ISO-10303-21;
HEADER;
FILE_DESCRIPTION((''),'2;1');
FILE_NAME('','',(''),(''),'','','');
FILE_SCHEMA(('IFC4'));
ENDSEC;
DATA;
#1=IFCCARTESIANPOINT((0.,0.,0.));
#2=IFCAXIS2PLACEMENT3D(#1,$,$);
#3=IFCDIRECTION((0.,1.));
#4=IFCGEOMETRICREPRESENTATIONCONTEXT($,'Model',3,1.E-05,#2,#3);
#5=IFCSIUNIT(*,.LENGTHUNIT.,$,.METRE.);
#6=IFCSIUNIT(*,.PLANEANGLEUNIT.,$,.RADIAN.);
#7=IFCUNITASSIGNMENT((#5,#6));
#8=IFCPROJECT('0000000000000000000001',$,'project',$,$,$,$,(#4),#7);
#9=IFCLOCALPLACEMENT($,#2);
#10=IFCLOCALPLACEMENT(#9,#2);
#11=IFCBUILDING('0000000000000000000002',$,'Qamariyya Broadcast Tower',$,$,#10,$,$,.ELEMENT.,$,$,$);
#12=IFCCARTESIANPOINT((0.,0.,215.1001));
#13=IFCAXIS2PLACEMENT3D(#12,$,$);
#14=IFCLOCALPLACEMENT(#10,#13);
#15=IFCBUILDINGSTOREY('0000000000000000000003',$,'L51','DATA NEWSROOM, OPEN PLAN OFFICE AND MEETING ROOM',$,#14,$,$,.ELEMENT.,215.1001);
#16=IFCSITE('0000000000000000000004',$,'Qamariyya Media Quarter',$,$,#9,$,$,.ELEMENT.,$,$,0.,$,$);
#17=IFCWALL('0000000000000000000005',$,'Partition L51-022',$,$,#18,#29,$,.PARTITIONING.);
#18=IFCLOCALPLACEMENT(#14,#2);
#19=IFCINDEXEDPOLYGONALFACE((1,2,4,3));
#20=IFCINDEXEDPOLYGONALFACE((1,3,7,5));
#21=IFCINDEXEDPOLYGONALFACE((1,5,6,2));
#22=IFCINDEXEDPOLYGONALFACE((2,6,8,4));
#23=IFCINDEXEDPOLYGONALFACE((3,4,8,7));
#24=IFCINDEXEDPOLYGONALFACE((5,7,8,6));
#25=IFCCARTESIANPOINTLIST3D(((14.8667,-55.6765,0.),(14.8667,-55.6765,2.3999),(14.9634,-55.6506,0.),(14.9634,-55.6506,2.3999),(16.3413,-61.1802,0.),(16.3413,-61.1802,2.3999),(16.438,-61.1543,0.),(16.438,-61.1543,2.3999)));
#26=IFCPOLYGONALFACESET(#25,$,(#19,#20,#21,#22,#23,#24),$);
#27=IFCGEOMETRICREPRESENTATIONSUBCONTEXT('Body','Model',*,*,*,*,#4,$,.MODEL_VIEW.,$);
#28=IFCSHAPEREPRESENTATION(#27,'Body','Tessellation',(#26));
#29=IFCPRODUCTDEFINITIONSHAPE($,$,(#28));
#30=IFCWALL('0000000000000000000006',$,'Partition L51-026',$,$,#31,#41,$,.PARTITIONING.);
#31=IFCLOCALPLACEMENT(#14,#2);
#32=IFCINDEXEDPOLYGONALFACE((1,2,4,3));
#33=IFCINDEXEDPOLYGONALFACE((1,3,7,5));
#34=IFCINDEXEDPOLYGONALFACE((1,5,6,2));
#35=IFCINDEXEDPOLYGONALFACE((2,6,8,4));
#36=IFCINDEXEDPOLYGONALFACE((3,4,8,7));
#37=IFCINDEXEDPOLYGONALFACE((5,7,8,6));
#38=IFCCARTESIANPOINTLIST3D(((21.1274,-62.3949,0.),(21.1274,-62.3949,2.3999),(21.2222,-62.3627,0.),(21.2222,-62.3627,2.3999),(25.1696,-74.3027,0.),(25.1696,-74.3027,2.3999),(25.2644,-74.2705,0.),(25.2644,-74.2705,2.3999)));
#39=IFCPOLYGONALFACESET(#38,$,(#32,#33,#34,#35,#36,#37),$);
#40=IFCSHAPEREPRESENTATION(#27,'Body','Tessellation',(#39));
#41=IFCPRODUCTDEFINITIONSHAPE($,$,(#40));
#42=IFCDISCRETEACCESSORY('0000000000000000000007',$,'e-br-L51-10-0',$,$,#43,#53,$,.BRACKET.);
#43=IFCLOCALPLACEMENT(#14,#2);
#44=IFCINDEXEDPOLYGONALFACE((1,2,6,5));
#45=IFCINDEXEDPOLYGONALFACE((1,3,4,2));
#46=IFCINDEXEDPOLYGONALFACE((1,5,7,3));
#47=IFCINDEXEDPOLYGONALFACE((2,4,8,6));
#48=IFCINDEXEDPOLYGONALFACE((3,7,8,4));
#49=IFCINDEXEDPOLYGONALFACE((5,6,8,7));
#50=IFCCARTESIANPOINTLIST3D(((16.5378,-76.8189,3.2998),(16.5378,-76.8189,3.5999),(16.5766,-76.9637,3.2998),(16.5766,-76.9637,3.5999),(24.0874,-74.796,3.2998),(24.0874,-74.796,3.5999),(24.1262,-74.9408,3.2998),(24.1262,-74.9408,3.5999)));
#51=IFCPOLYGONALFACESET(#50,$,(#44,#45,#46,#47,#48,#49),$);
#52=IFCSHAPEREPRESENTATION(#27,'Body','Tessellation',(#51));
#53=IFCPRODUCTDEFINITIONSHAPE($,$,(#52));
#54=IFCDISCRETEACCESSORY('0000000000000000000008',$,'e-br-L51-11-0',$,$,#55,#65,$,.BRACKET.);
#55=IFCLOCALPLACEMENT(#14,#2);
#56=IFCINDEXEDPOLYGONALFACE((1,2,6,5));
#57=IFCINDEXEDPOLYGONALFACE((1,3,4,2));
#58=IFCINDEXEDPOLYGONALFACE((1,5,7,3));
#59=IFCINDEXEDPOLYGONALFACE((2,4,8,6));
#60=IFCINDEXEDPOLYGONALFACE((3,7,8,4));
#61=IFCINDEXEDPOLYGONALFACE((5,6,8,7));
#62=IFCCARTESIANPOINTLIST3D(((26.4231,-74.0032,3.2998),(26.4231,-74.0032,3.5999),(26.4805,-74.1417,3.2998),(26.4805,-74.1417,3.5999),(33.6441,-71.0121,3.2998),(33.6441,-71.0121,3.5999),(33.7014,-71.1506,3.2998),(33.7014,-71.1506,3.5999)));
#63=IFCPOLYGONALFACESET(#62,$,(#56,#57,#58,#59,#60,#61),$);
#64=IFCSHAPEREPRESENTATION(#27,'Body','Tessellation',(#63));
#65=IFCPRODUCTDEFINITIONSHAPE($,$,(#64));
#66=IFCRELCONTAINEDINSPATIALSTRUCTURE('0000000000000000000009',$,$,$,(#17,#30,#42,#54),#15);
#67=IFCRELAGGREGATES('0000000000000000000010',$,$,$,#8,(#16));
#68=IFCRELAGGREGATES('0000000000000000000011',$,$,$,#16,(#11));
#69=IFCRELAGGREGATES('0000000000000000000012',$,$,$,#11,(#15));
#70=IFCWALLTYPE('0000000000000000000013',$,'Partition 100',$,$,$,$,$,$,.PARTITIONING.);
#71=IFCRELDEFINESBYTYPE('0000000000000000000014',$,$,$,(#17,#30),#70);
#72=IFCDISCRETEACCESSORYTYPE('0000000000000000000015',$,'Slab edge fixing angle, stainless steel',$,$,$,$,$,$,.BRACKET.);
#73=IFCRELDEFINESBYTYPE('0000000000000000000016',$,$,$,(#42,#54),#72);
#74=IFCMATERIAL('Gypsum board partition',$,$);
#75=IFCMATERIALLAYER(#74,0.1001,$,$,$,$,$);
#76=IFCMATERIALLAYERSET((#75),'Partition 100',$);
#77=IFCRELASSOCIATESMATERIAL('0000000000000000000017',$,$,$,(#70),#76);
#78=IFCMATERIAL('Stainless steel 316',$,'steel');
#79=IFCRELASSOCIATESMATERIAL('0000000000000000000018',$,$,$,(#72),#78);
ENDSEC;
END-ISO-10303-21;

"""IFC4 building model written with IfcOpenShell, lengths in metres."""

from ifc_helpers import new_model, si_unit, direction, frame, frame_2d, origin, origin_2d, place, context, subcontext, project, spatial, rectangle, extrude, material, layer, layer_set, type_object, element, save


model = new_model("IFC4")

# Units and contexts
model_context = context("Model", 3, precision=1e-05, world=origin(), true_north=direction((0.0, 1.0)))
body_context = subcontext(model_context, "Body", "Model", "MODEL_VIEW")
ifc_project = project(units=[si_unit("LENGTHUNIT", "METRE"), si_unit("PLANEANGLEUNIT", "RADIAN")], contexts=[model_context])

# Site, building, storey
site_placement = place(None, origin())
site = spatial("IfcSite", under=ifc_project, at=site_placement, Name="Qamariyya Media Quarter", CompositionType="ELEMENT", RefElevation=0.0)
building_placement = place(site_placement, origin())
building = spatial("IfcBuilding", under=site, at=building_placement, Name="Qamariyya Broadcast Tower", CompositionType="ELEMENT")
storey_placement = place(building_placement, frame((0.0, 0.0, 215.1001)))
storey = spatial("IfcBuildingStorey", under=building, at=storey_placement, Name="L51", Description="DATA NEWSROOM, OPEN PLAN OFFICE AND MEETING ROOM", CompositionType="ELEMENT", Elevation=215.1001)

# Shared definitions
ifc_material_1 = material(Name="Gypsum board partition")

# Walls
ifc_layer_1 = layer(ifc_material_1, 0.1001)
ifc_layer_set_1 = layer_set([ifc_layer_1], Name="Partition 100")
wall_type_1 = type_object("IfcWallType", Name="Partition 100", PredefinedType="PARTITIONING", material=ifc_layer_set_1)
wall_1_placement = place(storey_placement, frame((14.915, -55.6636, 0.0), z_axis=(0.0, 0.0, 1.0), x_axis=(0.258804, -0.96593, 0.0)))
element("IfcWall", 1, at=wall_1_placement, inside=storey, type_object=wall_type_1, Name="Partition L51-022", PredefinedType="PARTITIONING", context=body_context, shape_type="SweptSolid", body=[
    extrude(rectangle(XDim=5.6978, YDim=0.1001, at=frame_2d((2.8489, 0.0))), origin(), (0.0, 0.0, 1.0), 2.3999),
])
wall_2_placement = place(storey_placement, frame((25.217, -74.2866, 0.0), z_axis=(0.0, 0.0, 1.0), x_axis=(-0.321447, 0.946927, 0.0)))
element("IfcWall", 2, at=wall_2_placement, inside=storey, type_object=wall_type_1, Name="Partition L51-026", PredefinedType="PARTITIONING", context=body_context, shape_type="SweptSolid", body=[
    extrude(rectangle(XDim=12.5752, YDim=0.1001, at=frame_2d((6.2876, 0.0))), origin(), (0.0, 0.0, 1.0), 2.3999),
])

# Discrete accessories
ifc_material_2 = material(Name="Stainless steel 316", Category="steel")
discrete_accessory_type = type_object("IfcDiscreteAccessoryType", Name="Slab edge fixing angle, stainless steel", PredefinedType="BRACKET", material=ifc_material_2)
for number, where, z_axis, x_axis, name in (
    (3, (20.332, -75.8799, 3.2998), (0.0, 0.0, 1.0), (0.965926, 0.258819, 0.0), "e-br-L51-10-0"),
    (4, (30.0623, -72.5769, 3.2998), (0.0, 0.0, 1.0), (0.92388, 0.382683, 0.0), "e-br-L51-11-0"),
):
    element("IfcDiscreteAccessory", number, at=place(storey_placement, frame(where, z_axis=z_axis, x_axis=x_axis)), inside=storey, type_object=discrete_accessory_type, Name=name, PredefinedType="BRACKET", context=body_context, shape_type="SweptSolid", body=[
        extrude(rectangle(XDim=7.8159, YDim=0.1499, at=origin_2d()), origin(), (0.0, 0.0, 1.0), 0.3),
    ])

save(model, "model.ifc")
